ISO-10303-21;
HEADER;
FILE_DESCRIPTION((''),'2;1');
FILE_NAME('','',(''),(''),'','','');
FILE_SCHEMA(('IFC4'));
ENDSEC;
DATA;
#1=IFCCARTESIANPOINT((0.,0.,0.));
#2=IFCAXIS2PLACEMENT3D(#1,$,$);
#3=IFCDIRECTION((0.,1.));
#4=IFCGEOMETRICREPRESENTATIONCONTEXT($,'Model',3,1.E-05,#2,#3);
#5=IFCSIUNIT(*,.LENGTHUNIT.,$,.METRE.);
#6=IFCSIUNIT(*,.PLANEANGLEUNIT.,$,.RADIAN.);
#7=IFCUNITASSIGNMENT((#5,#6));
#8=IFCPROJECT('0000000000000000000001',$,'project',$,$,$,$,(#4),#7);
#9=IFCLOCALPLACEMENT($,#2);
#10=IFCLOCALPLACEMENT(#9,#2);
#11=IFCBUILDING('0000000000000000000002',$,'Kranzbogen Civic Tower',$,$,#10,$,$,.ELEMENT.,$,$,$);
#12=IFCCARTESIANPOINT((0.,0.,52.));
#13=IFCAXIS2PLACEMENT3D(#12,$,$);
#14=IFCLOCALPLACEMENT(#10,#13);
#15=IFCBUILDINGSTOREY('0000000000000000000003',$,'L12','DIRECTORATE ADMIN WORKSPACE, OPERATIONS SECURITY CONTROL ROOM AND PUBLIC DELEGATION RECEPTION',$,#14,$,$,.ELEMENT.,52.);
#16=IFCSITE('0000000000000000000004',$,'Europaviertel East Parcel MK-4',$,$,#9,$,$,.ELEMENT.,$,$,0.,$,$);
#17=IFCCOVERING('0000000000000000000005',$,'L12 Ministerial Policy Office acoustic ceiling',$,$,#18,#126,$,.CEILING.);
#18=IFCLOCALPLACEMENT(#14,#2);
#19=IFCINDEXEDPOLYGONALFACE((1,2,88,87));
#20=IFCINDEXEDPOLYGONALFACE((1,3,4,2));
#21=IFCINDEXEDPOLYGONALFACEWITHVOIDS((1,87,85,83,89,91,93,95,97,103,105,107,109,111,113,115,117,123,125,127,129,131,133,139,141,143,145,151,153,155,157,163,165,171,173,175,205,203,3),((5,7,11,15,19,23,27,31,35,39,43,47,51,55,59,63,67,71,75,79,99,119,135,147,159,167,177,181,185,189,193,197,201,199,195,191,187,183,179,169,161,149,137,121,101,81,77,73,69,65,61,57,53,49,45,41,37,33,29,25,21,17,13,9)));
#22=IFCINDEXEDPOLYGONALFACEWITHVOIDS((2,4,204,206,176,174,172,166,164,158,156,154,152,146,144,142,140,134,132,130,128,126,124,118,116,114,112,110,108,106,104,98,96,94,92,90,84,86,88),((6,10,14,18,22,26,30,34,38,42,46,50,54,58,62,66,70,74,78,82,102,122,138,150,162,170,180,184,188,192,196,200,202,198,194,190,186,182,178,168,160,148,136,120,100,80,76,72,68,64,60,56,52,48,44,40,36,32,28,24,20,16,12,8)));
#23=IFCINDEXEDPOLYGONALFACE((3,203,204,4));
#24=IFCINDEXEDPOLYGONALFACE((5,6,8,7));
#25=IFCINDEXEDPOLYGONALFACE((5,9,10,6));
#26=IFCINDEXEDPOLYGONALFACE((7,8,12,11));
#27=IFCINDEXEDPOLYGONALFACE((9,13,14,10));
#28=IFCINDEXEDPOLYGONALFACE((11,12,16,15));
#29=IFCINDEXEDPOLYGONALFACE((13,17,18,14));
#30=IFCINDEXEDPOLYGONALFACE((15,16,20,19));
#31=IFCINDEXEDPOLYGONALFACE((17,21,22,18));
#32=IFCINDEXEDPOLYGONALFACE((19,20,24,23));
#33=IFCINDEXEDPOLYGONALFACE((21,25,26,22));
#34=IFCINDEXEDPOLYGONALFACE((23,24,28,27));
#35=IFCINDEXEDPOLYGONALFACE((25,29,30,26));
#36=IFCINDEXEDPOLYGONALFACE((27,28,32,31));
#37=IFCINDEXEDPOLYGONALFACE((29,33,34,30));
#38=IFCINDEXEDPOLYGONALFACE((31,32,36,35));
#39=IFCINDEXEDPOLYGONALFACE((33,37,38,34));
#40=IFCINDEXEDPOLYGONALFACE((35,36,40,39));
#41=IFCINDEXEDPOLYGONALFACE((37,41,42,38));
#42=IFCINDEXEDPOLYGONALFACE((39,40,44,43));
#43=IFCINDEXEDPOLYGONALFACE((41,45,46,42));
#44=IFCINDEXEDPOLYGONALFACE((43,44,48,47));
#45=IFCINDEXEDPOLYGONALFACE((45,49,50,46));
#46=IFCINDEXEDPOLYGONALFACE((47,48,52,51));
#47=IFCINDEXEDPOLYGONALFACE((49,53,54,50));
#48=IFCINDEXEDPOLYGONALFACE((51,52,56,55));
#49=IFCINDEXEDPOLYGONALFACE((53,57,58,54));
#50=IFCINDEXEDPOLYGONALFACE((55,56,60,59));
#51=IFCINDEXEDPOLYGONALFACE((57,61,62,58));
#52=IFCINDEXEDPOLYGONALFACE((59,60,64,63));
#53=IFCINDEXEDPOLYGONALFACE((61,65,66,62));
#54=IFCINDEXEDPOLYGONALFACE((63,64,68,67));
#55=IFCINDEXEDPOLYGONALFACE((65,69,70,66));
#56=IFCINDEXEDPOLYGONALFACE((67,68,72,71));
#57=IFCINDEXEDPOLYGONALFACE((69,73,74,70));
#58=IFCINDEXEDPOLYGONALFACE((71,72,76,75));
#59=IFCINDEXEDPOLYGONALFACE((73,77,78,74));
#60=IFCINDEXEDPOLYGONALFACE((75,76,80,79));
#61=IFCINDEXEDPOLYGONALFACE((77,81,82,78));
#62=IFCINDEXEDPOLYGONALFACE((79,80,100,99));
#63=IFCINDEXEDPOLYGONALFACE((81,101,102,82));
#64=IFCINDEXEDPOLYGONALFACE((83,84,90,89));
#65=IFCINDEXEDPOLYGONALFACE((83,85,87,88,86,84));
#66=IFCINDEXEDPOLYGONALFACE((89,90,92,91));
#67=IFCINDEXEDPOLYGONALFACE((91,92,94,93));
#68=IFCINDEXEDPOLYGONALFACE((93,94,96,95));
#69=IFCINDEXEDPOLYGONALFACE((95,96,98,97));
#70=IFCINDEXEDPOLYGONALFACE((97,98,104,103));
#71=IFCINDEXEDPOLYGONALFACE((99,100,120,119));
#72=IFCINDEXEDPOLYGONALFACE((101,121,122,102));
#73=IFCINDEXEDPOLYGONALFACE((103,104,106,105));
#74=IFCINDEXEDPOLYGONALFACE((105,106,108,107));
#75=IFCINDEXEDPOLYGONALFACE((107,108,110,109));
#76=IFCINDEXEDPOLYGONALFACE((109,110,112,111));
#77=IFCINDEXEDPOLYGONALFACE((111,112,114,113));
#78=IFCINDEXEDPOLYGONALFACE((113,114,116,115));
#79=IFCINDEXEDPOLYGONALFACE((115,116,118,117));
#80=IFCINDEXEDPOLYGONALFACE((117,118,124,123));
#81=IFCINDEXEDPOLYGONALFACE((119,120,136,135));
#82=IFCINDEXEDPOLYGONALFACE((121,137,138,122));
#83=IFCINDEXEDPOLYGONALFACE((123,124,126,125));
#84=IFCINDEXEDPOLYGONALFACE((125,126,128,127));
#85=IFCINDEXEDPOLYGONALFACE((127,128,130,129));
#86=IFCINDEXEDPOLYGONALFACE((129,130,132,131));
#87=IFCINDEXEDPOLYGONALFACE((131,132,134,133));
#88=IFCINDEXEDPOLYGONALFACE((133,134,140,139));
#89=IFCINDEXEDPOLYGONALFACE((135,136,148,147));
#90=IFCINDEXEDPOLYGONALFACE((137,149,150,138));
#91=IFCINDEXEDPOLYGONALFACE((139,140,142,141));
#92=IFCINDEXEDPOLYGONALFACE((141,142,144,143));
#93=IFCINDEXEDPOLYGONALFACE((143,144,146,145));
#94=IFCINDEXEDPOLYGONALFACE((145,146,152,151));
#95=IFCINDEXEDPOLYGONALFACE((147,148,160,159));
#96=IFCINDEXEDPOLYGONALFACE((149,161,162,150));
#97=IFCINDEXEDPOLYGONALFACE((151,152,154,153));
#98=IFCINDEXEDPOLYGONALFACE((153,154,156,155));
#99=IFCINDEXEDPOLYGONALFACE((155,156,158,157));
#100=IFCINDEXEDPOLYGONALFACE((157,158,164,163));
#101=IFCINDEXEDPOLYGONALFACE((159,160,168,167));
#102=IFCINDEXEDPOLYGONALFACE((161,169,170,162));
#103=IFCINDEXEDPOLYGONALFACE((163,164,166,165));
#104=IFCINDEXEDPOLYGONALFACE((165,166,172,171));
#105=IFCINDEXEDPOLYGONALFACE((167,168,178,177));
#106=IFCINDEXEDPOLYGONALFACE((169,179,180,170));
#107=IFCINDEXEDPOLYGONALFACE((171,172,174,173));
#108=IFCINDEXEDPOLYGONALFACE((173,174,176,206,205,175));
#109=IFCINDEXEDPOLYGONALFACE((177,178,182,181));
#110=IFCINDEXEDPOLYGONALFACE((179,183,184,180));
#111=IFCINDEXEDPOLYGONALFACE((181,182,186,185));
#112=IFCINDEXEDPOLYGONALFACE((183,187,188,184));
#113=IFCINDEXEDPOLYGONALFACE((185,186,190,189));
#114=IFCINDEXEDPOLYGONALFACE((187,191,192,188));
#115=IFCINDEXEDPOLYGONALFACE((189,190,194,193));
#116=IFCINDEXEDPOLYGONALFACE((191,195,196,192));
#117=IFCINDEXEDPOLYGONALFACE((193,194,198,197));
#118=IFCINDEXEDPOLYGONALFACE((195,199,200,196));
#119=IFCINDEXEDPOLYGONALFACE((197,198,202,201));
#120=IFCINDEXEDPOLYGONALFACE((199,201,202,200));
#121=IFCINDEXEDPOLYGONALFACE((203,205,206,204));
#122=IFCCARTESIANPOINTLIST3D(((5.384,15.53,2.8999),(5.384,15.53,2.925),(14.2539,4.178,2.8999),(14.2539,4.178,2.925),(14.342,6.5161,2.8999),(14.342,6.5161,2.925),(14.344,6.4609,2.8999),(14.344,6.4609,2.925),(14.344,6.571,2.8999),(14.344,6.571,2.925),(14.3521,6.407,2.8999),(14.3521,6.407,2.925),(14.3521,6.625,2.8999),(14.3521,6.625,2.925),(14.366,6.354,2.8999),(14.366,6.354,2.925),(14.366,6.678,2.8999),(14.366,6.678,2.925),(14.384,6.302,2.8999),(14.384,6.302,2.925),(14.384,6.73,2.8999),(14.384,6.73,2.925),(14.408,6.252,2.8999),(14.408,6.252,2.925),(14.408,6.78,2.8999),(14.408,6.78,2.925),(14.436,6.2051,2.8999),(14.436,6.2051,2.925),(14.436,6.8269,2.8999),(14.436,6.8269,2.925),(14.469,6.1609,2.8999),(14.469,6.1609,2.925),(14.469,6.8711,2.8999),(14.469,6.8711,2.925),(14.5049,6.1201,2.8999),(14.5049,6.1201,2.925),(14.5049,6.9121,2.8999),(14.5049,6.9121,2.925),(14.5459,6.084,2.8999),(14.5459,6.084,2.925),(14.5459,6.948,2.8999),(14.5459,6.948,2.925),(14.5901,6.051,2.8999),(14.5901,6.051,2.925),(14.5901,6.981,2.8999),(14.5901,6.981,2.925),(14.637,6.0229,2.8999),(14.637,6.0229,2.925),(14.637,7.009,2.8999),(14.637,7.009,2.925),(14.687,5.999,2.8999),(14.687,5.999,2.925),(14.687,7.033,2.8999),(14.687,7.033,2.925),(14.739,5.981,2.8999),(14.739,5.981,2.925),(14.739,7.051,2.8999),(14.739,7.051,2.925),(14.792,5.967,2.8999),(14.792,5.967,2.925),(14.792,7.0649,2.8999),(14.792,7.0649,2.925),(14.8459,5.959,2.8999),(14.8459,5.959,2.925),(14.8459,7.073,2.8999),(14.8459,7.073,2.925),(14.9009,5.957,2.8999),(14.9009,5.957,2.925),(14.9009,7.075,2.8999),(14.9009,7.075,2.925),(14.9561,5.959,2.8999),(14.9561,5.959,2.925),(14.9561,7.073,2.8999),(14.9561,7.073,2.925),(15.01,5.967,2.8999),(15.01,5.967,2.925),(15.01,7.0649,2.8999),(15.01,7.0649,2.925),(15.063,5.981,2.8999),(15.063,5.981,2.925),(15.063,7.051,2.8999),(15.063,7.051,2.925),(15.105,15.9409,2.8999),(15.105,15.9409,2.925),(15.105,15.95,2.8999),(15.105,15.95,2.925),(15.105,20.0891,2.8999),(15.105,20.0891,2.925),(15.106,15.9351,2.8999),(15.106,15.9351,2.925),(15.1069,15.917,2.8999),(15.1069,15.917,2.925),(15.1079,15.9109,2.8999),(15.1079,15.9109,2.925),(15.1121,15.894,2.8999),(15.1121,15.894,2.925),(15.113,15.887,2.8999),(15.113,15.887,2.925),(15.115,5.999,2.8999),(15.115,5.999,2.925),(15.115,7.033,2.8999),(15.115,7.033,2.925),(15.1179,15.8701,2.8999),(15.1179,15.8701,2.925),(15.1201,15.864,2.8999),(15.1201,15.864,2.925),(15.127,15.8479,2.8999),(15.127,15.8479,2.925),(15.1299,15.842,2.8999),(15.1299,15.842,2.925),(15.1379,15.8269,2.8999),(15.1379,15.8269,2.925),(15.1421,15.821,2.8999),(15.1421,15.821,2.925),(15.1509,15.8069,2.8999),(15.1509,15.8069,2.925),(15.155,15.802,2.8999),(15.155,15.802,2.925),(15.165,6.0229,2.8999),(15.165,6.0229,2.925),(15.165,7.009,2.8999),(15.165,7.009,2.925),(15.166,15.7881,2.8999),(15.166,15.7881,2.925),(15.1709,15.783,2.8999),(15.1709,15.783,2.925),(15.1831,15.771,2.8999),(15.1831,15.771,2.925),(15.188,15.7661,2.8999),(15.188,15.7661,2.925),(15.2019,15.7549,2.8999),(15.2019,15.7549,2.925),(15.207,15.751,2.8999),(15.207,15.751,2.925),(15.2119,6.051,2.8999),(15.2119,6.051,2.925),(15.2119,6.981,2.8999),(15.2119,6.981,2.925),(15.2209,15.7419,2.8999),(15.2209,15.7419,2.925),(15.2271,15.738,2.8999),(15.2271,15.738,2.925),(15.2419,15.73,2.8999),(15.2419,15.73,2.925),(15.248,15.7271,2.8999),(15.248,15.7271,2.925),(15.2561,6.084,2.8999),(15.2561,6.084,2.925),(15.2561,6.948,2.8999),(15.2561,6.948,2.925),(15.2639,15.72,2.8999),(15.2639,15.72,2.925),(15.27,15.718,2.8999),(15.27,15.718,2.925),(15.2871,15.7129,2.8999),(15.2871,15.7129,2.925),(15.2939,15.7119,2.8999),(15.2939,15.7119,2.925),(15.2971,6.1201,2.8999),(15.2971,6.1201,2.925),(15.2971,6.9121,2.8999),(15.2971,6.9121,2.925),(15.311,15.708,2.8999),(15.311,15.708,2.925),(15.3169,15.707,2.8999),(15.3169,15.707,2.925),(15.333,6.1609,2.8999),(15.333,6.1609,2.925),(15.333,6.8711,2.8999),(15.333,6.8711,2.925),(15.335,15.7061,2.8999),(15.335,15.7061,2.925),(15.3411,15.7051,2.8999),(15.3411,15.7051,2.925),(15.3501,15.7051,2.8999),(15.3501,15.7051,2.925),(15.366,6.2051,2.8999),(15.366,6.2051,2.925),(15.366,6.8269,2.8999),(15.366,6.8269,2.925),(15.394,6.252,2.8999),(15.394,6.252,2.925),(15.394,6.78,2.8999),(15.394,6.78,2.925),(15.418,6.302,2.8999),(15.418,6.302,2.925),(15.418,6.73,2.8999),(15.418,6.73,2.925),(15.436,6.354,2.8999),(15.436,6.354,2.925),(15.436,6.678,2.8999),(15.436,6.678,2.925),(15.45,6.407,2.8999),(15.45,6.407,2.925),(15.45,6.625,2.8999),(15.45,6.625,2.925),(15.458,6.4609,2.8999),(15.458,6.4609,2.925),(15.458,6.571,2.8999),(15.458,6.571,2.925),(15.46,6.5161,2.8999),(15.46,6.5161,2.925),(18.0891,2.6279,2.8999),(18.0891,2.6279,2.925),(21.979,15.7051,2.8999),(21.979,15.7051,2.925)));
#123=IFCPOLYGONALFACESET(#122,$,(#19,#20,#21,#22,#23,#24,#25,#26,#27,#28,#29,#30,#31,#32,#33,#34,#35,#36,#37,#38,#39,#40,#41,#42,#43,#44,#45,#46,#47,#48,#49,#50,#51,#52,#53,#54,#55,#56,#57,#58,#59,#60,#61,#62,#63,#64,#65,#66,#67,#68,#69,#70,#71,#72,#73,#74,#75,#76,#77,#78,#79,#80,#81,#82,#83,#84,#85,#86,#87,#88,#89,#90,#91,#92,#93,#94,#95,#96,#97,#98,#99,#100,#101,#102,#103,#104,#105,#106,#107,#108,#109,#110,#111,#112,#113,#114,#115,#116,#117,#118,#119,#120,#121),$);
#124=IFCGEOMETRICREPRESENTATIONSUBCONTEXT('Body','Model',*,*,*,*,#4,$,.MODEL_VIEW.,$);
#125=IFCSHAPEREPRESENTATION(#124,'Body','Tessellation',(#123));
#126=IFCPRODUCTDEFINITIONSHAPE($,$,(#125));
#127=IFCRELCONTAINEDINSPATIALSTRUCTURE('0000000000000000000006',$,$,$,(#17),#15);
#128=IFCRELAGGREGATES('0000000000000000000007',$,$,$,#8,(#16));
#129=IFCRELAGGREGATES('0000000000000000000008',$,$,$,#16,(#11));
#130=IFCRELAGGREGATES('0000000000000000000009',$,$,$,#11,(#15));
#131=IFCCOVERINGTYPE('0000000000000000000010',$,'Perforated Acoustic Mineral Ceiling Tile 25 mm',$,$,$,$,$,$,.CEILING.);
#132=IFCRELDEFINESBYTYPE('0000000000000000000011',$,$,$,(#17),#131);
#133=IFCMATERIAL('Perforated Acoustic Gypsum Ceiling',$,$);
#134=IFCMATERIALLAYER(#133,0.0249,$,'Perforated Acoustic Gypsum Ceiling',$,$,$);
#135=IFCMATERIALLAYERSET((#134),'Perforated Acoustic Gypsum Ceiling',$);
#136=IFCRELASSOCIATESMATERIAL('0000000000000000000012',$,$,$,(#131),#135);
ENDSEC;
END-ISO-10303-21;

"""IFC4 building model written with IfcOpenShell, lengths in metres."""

from ifc_helpers import new_model, si_unit, direction, frame, origin, place, context, subcontext, project, spatial, polyline, outline, extrude, material, layer, layer_set, type_object, element, save


model = new_model("IFC4")

# Units and contexts
model_context = context("Model", 3, precision=1e-05, world=origin(), true_north=direction((0.0, 1.0)))
body_context = subcontext(model_context, "Body", "Model", "MODEL_VIEW")
ifc_project = project(units=[si_unit("LENGTHUNIT", "METRE"), si_unit("PLANEANGLEUNIT", "RADIAN")], contexts=[model_context])

# Site, building, storey
site_placement = place(None, origin())
site = spatial("IfcSite", under=ifc_project, at=site_placement, Name="Europaviertel East Parcel MK-4", CompositionType="ELEMENT", RefElevation=0.0)
building_placement = place(site_placement, origin())
building = spatial("IfcBuilding", under=site, at=building_placement, Name="Kranzbogen Civic Tower", CompositionType="ELEMENT")
storey_placement = place(building_placement, frame((0.0, 0.0, 52.0)))
storey = spatial("IfcBuildingStorey", under=building, at=storey_placement, Name="L12", Description="DIRECTORATE ADMIN WORKSPACE, OPERATIONS SECURITY CONTROL ROOM AND PUBLIC DELEGATION RECEPTION", CompositionType="ELEMENT", Elevation=52.0)

# Covering
ifc_material_1 = material(Name="Perforated Acoustic Gypsum Ceiling")
ifc_layer_1 = layer(ifc_material_1, 0.0249, Name="Perforated Acoustic Gypsum Ceiling")
ifc_layer_set_1 = layer_set([ifc_layer_1], Name="Perforated Acoustic Gypsum Ceiling")
covering_type_1 = type_object("IfcCoveringType", Name="Perforated Acoustic Mineral Ceiling Tile 25 mm", PredefinedType="CEILING", material=ifc_layer_set_1)
covering_1_placement = place(storey_placement, frame((0.0, 0.0, 2.8999)))
element("IfcCovering", 1, at=covering_1_placement, inside=storey, type_object=covering_type_1, Name="L12 Ministerial Policy Office acoustic ceiling", PredefinedType="CEILING", context=body_context, shape_type="SweptSolid", body=[
    extrude(outline(polyline([(5.384, 15.53), (15.105, 20.0891), (15.105, 15.95), (15.105, 15.9409), (15.106, 15.9351), (15.1069, 15.917), (15.1079, 15.9109), (15.1121, 15.894), (15.113, 15.887), (15.1179, 15.8701), (15.1201, 15.864), (15.127, 15.8479), (15.1299, 15.842), (15.1379, 15.8269), (15.1421, 15.821), (15.1509, 15.8069), (15.155, 15.802), (15.166, 15.7881), (15.1709, 15.783), (15.1831, 15.771), (15.188, 15.7661), (15.2019, 15.7549), (15.207, 15.751), (15.2209, 15.7419), (15.2271, 15.738), (15.2419, 15.73), (15.248, 15.7271), (15.2639, 15.72), (15.27, 15.718), (15.2871, 15.7129), (15.2939, 15.7119), (15.311, 15.708), (15.3169, 15.707), (15.335, 15.7061), (15.3411, 15.7051), (15.3501, 15.7051), (21.979, 15.7051), (18.0891, 2.6279), (14.2539, 4.178), (5.384, 15.53)]), holes=[polyline([(15.418, 6.302), (15.394, 6.252), (15.366, 6.2051), (15.333, 6.1609), (15.2971, 6.1201), (15.2561, 6.084), (15.2119, 6.051), (15.165, 6.0229), (15.115, 5.999), (15.063, 5.981), (15.01, 5.967), (14.9561, 5.959), (14.9009, 5.957), (14.8459, 5.959), (14.792, 5.967), (14.739, 5.981), (14.687, 5.999), (14.637, 6.0229), (14.5901, 6.051), (14.5459, 6.084), (14.5049, 6.1201), (14.469, 6.1609), (14.436, 6.2051), (14.408, 6.252), (14.384, 6.302), (14.366, 6.354), (14.3521, 6.407), (14.344, 6.4609), (14.342, 6.5161), (14.344, 6.571), (14.3521, 6.625), (14.366, 6.678), (14.384, 6.73), (14.408, 6.78), (14.436, 6.8269), (14.469, 6.8711), (14.5049, 6.9121), (14.5459, 6.948), (14.5901, 6.981), (14.637, 7.009), (14.687, 7.033), (14.739, 7.051), (14.792, 7.0649), (14.8459, 7.073), (14.9009, 7.075), (14.9561, 7.073), (15.01, 7.0649), (15.063, 7.051), (15.115, 7.033), (15.165, 7.009), (15.2119, 6.981), (15.2561, 6.948), (15.2971, 6.9121), (15.333, 6.8711), (15.366, 6.8269), (15.394, 6.78), (15.418, 6.73), (15.436, 6.678), (15.45, 6.625), (15.458, 6.571), (15.46, 6.5161), (15.458, 6.4609), (15.45, 6.407), (15.436, 6.354), (15.418, 6.302)])]), origin(), (0.0, 0.0, 1.0), 0.0251),
])

save(model, "model.ifc")
